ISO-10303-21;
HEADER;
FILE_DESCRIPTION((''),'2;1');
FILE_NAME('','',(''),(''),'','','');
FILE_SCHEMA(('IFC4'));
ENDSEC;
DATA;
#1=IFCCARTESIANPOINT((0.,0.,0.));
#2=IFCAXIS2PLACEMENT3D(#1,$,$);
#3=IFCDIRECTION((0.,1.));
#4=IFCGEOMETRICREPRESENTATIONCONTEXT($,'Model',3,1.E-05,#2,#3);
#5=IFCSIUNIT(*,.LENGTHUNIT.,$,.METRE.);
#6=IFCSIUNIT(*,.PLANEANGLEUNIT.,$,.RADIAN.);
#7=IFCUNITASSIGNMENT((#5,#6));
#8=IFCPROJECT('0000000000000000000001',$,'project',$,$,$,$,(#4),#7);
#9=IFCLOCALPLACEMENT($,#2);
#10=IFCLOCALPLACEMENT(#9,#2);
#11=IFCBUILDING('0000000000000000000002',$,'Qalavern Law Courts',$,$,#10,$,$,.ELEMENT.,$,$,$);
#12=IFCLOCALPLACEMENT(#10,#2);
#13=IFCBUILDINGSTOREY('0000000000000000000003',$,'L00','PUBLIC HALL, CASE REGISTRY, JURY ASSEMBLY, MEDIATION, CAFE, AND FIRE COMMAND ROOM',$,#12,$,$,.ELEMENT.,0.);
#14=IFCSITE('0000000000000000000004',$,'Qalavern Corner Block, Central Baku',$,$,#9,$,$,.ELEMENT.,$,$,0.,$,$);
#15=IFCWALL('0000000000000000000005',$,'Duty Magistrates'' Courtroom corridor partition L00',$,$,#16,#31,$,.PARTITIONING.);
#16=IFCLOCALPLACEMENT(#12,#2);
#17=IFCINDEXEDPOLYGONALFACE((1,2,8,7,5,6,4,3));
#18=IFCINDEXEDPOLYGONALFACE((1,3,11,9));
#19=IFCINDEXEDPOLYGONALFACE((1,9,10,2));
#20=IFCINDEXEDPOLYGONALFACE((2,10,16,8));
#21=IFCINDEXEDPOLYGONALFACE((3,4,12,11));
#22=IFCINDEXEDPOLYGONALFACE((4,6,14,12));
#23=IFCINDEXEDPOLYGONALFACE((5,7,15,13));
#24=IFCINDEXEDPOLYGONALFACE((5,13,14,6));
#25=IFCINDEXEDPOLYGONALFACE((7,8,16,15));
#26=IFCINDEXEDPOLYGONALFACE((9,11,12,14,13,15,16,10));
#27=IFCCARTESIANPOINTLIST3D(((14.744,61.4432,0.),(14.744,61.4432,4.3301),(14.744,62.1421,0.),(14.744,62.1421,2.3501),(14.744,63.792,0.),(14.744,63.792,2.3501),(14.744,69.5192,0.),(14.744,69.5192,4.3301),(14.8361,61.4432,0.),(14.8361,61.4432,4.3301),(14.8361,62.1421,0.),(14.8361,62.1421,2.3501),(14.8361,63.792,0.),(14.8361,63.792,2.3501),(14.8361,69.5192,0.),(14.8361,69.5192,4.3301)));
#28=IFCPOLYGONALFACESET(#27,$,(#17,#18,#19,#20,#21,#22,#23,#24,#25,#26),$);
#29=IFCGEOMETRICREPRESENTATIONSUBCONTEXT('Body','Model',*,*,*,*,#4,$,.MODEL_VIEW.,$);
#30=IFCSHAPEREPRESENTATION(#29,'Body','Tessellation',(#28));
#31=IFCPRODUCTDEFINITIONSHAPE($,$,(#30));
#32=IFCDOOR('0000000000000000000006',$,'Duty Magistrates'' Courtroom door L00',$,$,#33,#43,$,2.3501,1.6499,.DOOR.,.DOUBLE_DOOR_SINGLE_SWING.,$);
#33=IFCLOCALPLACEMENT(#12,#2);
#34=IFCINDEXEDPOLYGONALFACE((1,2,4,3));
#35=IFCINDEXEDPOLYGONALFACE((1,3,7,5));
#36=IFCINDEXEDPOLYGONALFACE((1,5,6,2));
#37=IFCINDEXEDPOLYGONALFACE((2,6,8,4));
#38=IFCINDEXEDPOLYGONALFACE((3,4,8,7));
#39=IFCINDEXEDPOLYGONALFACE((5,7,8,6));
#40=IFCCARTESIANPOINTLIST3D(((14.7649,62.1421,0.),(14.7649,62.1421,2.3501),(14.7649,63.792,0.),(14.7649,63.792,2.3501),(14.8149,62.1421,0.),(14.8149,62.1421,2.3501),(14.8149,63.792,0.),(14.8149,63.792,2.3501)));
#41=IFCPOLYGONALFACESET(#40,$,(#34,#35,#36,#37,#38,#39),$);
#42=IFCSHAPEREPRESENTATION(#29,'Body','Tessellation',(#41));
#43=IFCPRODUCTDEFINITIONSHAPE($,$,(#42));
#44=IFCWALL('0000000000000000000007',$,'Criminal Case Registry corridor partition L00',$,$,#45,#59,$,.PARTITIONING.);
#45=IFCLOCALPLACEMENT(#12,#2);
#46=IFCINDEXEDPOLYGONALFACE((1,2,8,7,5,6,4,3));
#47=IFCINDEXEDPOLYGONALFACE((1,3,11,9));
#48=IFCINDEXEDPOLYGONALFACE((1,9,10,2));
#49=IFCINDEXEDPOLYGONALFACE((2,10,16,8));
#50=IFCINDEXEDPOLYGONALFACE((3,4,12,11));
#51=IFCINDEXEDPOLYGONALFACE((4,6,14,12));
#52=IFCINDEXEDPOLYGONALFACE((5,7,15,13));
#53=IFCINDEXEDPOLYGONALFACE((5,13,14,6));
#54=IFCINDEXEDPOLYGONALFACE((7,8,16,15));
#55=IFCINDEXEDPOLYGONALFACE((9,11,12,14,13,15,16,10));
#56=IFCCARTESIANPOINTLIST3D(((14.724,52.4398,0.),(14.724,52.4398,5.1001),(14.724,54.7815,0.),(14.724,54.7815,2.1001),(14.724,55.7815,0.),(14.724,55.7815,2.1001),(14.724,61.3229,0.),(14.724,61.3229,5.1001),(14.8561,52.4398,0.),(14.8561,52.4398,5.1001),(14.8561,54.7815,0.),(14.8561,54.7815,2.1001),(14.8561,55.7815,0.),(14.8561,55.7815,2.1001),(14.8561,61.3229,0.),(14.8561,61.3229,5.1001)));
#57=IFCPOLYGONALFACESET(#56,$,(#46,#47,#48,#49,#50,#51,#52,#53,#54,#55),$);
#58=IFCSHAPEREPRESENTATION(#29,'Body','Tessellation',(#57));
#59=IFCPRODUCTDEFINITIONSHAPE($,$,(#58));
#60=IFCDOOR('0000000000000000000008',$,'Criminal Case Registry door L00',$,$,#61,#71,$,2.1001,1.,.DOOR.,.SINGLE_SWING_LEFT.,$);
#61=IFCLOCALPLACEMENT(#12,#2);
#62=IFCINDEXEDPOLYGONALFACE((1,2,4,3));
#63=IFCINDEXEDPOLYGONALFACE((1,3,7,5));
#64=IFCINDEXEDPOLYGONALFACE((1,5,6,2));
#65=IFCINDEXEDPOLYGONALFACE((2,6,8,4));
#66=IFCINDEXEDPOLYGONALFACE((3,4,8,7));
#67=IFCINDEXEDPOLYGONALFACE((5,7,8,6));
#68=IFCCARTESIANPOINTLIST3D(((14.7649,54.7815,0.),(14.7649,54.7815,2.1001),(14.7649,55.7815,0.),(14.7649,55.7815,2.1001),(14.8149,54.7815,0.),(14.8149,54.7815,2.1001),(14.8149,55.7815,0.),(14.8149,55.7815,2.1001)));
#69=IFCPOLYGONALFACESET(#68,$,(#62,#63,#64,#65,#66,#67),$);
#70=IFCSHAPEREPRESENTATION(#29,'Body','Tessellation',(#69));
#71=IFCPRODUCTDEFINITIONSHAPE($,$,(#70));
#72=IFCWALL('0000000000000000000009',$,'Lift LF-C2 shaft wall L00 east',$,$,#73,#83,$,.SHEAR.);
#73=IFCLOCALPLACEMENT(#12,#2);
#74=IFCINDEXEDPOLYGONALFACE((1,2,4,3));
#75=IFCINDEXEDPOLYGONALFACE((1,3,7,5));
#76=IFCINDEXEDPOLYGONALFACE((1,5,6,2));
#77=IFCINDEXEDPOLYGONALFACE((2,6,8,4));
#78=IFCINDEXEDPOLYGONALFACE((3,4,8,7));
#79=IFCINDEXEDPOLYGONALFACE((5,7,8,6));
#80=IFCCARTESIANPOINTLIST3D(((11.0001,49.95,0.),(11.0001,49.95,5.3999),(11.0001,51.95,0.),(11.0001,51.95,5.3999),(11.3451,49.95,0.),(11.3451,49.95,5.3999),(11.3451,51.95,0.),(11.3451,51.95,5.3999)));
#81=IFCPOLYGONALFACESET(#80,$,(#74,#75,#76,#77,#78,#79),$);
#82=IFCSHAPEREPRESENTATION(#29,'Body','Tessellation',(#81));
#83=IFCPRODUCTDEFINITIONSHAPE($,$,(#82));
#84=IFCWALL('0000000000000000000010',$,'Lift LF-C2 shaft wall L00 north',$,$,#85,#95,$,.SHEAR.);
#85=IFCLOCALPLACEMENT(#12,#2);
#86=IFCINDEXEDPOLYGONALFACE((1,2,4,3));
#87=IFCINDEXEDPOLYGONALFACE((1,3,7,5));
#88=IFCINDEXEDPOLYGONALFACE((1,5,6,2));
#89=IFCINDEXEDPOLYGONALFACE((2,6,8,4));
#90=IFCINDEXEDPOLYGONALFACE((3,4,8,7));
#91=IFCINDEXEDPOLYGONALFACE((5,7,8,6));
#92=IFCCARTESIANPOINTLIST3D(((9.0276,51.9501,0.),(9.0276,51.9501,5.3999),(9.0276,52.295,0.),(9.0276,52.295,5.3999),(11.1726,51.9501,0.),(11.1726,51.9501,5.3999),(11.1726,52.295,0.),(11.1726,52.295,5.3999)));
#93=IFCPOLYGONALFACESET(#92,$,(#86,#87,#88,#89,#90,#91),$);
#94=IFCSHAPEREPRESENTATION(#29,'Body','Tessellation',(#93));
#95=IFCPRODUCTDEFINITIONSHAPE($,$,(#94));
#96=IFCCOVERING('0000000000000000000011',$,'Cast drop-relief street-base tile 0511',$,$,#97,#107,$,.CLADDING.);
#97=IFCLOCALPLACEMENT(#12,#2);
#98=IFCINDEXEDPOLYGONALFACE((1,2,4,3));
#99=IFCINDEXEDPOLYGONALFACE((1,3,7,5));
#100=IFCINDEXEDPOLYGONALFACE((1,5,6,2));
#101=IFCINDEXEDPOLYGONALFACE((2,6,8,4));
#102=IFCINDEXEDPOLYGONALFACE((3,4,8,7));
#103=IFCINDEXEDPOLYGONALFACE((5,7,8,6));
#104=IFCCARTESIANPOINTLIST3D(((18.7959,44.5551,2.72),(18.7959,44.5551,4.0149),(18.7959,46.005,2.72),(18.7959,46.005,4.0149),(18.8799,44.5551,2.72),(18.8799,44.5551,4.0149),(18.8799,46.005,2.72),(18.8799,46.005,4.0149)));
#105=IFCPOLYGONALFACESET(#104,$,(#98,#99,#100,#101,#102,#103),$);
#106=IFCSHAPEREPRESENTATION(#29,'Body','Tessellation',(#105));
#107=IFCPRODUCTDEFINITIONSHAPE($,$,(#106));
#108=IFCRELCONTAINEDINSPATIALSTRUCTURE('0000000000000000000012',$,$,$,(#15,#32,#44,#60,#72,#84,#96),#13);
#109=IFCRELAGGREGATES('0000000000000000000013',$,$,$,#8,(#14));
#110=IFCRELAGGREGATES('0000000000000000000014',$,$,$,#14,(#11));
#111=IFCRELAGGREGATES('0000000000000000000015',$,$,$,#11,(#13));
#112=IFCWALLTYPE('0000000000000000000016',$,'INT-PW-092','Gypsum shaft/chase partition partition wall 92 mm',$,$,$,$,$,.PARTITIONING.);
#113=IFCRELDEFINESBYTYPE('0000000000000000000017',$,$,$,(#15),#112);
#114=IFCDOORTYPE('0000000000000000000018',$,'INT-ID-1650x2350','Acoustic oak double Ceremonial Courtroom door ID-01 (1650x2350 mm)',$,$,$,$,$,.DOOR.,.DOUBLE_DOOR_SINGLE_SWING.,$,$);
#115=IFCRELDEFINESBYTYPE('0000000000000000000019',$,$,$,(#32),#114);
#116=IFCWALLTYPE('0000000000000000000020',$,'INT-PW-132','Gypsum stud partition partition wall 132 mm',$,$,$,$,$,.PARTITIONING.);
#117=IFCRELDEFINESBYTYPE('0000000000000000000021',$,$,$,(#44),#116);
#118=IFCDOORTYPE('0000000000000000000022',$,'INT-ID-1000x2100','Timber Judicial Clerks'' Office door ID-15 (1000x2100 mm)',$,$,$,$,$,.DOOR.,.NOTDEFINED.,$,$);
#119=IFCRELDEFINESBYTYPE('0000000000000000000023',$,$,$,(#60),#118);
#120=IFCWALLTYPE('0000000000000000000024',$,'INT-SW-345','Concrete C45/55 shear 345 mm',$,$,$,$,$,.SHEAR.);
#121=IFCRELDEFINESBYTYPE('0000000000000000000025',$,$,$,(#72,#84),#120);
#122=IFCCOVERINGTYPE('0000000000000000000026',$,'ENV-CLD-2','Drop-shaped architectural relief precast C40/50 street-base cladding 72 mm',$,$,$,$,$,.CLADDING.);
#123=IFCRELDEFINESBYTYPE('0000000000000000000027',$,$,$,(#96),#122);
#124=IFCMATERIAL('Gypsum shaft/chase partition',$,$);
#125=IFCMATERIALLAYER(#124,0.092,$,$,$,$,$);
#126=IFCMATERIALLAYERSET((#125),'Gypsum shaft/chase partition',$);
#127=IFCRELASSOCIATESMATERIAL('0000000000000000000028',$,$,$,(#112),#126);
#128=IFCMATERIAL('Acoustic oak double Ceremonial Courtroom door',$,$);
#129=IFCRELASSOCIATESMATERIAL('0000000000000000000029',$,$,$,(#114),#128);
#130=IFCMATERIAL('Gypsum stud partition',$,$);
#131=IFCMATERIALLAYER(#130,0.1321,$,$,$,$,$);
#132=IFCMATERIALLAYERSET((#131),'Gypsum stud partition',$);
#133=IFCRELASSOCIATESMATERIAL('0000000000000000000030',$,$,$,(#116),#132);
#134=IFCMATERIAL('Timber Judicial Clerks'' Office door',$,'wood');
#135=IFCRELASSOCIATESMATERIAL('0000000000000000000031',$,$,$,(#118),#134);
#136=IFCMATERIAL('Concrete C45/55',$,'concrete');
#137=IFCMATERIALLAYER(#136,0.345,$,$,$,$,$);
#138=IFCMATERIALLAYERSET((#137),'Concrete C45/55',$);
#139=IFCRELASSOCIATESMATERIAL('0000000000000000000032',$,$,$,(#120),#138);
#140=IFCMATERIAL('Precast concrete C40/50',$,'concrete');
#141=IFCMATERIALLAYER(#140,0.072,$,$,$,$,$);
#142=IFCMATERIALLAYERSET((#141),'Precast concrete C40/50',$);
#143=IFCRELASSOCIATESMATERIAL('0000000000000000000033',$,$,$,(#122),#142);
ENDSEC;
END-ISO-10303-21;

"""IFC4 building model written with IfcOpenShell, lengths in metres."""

from ifc_helpers import new_model, si_unit, direction, frame, frame_2d, origin, origin_2d, place, context, subcontext, project, spatial, rectangle, extrude, material, layer, layer_set, type_object, element, fill, save


model = new_model("IFC4")

# Units and contexts
model_context = context("Model", 3, precision=1e-05, world=origin(), true_north=direction((0.0, 1.0)))
body_context = subcontext(model_context, "Body", "Model", "MODEL_VIEW")
ifc_project = project(units=[si_unit("LENGTHUNIT", "METRE"), si_unit("PLANEANGLEUNIT", "RADIAN")], contexts=[model_context])

# Site, building, storey
site_placement = place(None, origin())
site = spatial("IfcSite", under=ifc_project, at=site_placement, Name="Qalavern Corner Block, Central Baku", CompositionType="ELEMENT", RefElevation=0.0)
building_placement = place(site_placement, origin())
building = spatial("IfcBuilding", under=site, at=building_placement, Name="Qalavern Law Courts", CompositionType="ELEMENT")
storey_placement = place(building_placement, origin())
storey = spatial("IfcBuildingStorey", under=building, at=storey_placement, Name="L00", Description="PUBLIC HALL, CASE REGISTRY, JURY ASSEMBLY, MEDIATION, CAFE, AND FIRE COMMAND ROOM", CompositionType="ELEMENT", Elevation=0.0)

# Shared definitions
ifc_material_1 = material(Name="Concrete C45/55", Category="concrete")

# Walls, openings, doors
ifc_material_2 = material(Name="Gypsum shaft/chase partition")
ifc_layer_1 = layer(ifc_material_2, 0.092)
ifc_layer_set_1 = layer_set([ifc_layer_1], Name="Gypsum shaft/chase partition")
wall_type_1 = type_object("IfcWallType", Name="INT-PW-092", Description="Gypsum shaft/chase partition partition wall 92 mm", PredefinedType="PARTITIONING", material=ifc_layer_set_1)
wall_1_placement = place(storey_placement, frame((14.79, 61.4431, 0.0), z_axis=(0.0, 0.0, 1.0), x_axis=(0.0, 1.0, 0.0)))
wall_1 = element("IfcWall", 1, at=wall_1_placement, inside=storey, type_object=wall_type_1, Name="Duty Magistrates' Courtroom corridor partition L00", PredefinedType="PARTITIONING", context=body_context, shape_type="SweptSolid", body=[
    extrude(rectangle(XDim=8.0759, YDim=0.092, at=frame_2d((4.0381, 0.0))), origin(), (0.0, 0.0, 1.0), 4.3301),
])
opening_1_placement = place(wall_1_placement, frame((0.699, 0.0, 0.0)))
opening_1 = element("IfcOpeningElement", 2, at=opening_1_placement, cuts=wall_1, PredefinedType="OPENING", context=body_context, shape_type="SweptSolid", body=[
    extrude(rectangle(XDim=1.6499, YDim=2.3501, at=frame_2d((0.825, 1.175))), frame((0.0, 0.061, 0.0), z_axis=(0.0, -1.0, 0.0), x_axis=(1.0, 0.0, 0.0)), (0.0, 0.0, 1.0), 0.1218),
])
ifc_material_3 = material(Name="Acoustic oak double Ceremonial Courtroom door")
door_type_1 = type_object("IfcDoorType", Name="INT-ID-1650x2350", Description="Acoustic oak double Ceremonial Courtroom door ID-01 (1650x2350 mm)", OperationType="DOUBLE_DOOR_SINGLE_SWING", PredefinedType="DOOR", material=ifc_material_3)
door_1_placement = place(opening_1_placement, frame((1.6499, 0.0, 0.0), z_axis=(0.0, 0.0, 1.0), x_axis=(-1.0, 0.0, 0.0)))
door_1 = element("IfcDoor", 3, at=door_1_placement, inside=storey, type_object=door_type_1, Name="Duty Magistrates' Courtroom door L00", OperationType="DOUBLE_DOOR_SINGLE_SWING", OverallHeight=2.3501, OverallWidth=1.6499, PredefinedType="DOOR", context=body_context, shape_type="SweptSolid", body=[
    extrude(rectangle(XDim=1.6499, YDim=2.3501, at=frame_2d((0.825, 1.175))), frame((0.0, 0.0249, 0.0), z_axis=(0.0, -1.0, 0.0), x_axis=(1.0, 0.0, 0.0)), (0.0, 0.0, 1.0), 0.05),
])
fill(opening_1, door_1)
ifc_material_4 = material(Name="Gypsum stud partition")
ifc_layer_2 = layer(ifc_material_4, 0.1321)
ifc_layer_set_2 = layer_set([ifc_layer_2], Name="Gypsum stud partition")
wall_type_2 = type_object("IfcWallType", Name="INT-PW-132", Description="Gypsum stud partition partition wall 132 mm", PredefinedType="PARTITIONING", material=ifc_layer_set_2)
wall_2_placement = place(storey_placement, frame((14.79, 52.4399, 0.0), z_axis=(0.0, 0.0, 1.0), x_axis=(0.0, 1.0, 0.0)))
wall_2 = element("IfcWall", 4, at=wall_2_placement, inside=storey, type_object=wall_type_2, Name="Criminal Case Registry corridor partition L00", PredefinedType="PARTITIONING", context=body_context, shape_type="SweptSolid", body=[
    extrude(rectangle(XDim=8.8831, YDim=0.1321, at=frame_2d((4.4414, 0.0))), origin(), (0.0, 0.0, 1.0), 5.1001),
])
opening_2_placement = place(wall_2_placement, frame((2.3416, 0.0, 0.0)))
opening_2 = element("IfcOpeningElement", 5, at=opening_2_placement, cuts=wall_2, PredefinedType="OPENING", context=body_context, shape_type="SweptSolid", body=[
    extrude(rectangle(XDim=1.0, YDim=2.1001, at=frame_2d((0.5, 1.05))), frame((0.0, 0.0811, 0.0), z_axis=(0.0, -1.0, 0.0), x_axis=(1.0, 0.0, 0.0)), (0.0, 0.0, 1.0), 0.1619),
])
ifc_material_5 = material(Name="Timber Judicial Clerks' Office door", Category="wood")
door_type_2 = type_object("IfcDoorType", Name="INT-ID-1000x2100", Description="Timber Judicial Clerks' Office door ID-15 (1000x2100 mm)", OperationType="NOTDEFINED", PredefinedType="DOOR", material=ifc_material_5)
door_2_placement = place(opening_2_placement, frame((1.0, 0.0, 0.0), z_axis=(0.0, 0.0, 1.0), x_axis=(-1.0, 0.0, 0.0)))
door_2 = element("IfcDoor", 6, at=door_2_placement, inside=storey, type_object=door_type_2, Name="Criminal Case Registry door L00", OperationType="SINGLE_SWING_LEFT", OverallHeight=2.1001, OverallWidth=1.0, PredefinedType="DOOR", context=body_context, shape_type="SweptSolid", body=[
    extrude(rectangle(XDim=1.0, YDim=2.1001, at=frame_2d((0.5, 1.05))), frame((0.0, 0.0249, 0.0), z_axis=(0.0, -1.0, 0.0), x_axis=(1.0, 0.0, 0.0)), (0.0, 0.0, 1.0), 0.05),
])
fill(opening_2, door_2)

# Walls
ifc_layer_3 = layer(ifc_material_1, 0.345)
ifc_layer_set_3 = layer_set([ifc_layer_3], Name="Concrete C45/55")
wall_type_3 = type_object("IfcWallType", Name="INT-SW-345", Description="Concrete C45/55 shear 345 mm", PredefinedType="SHEAR", material=ifc_layer_set_3)
wall_3_placement = place(storey_placement, frame((11.1726, 49.95, 0.0), z_axis=(0.0, 0.0, 1.0), x_axis=(0.0, 1.0, 0.0)))
element("IfcWall", 7, at=wall_3_placement, inside=storey, type_object=wall_type_3, Name="Lift LF-C2 shaft wall L00 east", PredefinedType="SHEAR", context=body_context, shape_type="SweptSolid", body=[
    extrude(rectangle(XDim=2.0, YDim=0.345, at=frame_2d((1.0, 0.0))), origin(), (0.0, 0.0, 1.0), 5.3999),
])
wall_4_placement = place(storey_placement, frame((11.1726, 52.1226, 0.0), z_axis=(0.0, 0.0, 1.0), x_axis=(-1.0, 0.0, 0.0)))
element("IfcWall", 8, at=wall_4_placement, inside=storey, type_object=wall_type_3, Name="Lift LF-C2 shaft wall L00 north", PredefinedType="SHEAR", context=body_context, shape_type="SweptSolid", body=[
    extrude(rectangle(XDim=2.145, YDim=0.345, at=frame_2d((1.0725, 0.0))), origin(), (0.0, 0.0, 1.0), 5.3999),
])

# Covering
ifc_material_6 = material(Name="Precast concrete C40/50", Category="concrete")
ifc_layer_4 = layer(ifc_material_6, 0.072)
ifc_layer_set_4 = layer_set([ifc_layer_4], Name="Precast concrete C40/50")
covering_type = type_object("IfcCoveringType", Name="ENV-CLD-2", Description="Drop-shaped architectural relief precast C40/50 street-base cladding 72 mm", PredefinedType="CLADDING", material=ifc_layer_set_4)
covering_placement = place(storey_placement, frame((18.8379, 45.28, 2.72), z_axis=(0.0, 0.0, 1.0), x_axis=(0.0, 1.0, 0.0)))
element("IfcCovering", 9, at=covering_placement, inside=storey, type_object=covering_type, Name="Cast drop-relief street-base tile 0511", PredefinedType="CLADDING", context=body_context, shape_type="SweptSolid", body=[
    extrude(rectangle(XDim=1.45, YDim=0.084, at=origin_2d()), origin(), (0.0, 0.0, 1.0), 1.2949),
])

save(model, "model.ifc")
